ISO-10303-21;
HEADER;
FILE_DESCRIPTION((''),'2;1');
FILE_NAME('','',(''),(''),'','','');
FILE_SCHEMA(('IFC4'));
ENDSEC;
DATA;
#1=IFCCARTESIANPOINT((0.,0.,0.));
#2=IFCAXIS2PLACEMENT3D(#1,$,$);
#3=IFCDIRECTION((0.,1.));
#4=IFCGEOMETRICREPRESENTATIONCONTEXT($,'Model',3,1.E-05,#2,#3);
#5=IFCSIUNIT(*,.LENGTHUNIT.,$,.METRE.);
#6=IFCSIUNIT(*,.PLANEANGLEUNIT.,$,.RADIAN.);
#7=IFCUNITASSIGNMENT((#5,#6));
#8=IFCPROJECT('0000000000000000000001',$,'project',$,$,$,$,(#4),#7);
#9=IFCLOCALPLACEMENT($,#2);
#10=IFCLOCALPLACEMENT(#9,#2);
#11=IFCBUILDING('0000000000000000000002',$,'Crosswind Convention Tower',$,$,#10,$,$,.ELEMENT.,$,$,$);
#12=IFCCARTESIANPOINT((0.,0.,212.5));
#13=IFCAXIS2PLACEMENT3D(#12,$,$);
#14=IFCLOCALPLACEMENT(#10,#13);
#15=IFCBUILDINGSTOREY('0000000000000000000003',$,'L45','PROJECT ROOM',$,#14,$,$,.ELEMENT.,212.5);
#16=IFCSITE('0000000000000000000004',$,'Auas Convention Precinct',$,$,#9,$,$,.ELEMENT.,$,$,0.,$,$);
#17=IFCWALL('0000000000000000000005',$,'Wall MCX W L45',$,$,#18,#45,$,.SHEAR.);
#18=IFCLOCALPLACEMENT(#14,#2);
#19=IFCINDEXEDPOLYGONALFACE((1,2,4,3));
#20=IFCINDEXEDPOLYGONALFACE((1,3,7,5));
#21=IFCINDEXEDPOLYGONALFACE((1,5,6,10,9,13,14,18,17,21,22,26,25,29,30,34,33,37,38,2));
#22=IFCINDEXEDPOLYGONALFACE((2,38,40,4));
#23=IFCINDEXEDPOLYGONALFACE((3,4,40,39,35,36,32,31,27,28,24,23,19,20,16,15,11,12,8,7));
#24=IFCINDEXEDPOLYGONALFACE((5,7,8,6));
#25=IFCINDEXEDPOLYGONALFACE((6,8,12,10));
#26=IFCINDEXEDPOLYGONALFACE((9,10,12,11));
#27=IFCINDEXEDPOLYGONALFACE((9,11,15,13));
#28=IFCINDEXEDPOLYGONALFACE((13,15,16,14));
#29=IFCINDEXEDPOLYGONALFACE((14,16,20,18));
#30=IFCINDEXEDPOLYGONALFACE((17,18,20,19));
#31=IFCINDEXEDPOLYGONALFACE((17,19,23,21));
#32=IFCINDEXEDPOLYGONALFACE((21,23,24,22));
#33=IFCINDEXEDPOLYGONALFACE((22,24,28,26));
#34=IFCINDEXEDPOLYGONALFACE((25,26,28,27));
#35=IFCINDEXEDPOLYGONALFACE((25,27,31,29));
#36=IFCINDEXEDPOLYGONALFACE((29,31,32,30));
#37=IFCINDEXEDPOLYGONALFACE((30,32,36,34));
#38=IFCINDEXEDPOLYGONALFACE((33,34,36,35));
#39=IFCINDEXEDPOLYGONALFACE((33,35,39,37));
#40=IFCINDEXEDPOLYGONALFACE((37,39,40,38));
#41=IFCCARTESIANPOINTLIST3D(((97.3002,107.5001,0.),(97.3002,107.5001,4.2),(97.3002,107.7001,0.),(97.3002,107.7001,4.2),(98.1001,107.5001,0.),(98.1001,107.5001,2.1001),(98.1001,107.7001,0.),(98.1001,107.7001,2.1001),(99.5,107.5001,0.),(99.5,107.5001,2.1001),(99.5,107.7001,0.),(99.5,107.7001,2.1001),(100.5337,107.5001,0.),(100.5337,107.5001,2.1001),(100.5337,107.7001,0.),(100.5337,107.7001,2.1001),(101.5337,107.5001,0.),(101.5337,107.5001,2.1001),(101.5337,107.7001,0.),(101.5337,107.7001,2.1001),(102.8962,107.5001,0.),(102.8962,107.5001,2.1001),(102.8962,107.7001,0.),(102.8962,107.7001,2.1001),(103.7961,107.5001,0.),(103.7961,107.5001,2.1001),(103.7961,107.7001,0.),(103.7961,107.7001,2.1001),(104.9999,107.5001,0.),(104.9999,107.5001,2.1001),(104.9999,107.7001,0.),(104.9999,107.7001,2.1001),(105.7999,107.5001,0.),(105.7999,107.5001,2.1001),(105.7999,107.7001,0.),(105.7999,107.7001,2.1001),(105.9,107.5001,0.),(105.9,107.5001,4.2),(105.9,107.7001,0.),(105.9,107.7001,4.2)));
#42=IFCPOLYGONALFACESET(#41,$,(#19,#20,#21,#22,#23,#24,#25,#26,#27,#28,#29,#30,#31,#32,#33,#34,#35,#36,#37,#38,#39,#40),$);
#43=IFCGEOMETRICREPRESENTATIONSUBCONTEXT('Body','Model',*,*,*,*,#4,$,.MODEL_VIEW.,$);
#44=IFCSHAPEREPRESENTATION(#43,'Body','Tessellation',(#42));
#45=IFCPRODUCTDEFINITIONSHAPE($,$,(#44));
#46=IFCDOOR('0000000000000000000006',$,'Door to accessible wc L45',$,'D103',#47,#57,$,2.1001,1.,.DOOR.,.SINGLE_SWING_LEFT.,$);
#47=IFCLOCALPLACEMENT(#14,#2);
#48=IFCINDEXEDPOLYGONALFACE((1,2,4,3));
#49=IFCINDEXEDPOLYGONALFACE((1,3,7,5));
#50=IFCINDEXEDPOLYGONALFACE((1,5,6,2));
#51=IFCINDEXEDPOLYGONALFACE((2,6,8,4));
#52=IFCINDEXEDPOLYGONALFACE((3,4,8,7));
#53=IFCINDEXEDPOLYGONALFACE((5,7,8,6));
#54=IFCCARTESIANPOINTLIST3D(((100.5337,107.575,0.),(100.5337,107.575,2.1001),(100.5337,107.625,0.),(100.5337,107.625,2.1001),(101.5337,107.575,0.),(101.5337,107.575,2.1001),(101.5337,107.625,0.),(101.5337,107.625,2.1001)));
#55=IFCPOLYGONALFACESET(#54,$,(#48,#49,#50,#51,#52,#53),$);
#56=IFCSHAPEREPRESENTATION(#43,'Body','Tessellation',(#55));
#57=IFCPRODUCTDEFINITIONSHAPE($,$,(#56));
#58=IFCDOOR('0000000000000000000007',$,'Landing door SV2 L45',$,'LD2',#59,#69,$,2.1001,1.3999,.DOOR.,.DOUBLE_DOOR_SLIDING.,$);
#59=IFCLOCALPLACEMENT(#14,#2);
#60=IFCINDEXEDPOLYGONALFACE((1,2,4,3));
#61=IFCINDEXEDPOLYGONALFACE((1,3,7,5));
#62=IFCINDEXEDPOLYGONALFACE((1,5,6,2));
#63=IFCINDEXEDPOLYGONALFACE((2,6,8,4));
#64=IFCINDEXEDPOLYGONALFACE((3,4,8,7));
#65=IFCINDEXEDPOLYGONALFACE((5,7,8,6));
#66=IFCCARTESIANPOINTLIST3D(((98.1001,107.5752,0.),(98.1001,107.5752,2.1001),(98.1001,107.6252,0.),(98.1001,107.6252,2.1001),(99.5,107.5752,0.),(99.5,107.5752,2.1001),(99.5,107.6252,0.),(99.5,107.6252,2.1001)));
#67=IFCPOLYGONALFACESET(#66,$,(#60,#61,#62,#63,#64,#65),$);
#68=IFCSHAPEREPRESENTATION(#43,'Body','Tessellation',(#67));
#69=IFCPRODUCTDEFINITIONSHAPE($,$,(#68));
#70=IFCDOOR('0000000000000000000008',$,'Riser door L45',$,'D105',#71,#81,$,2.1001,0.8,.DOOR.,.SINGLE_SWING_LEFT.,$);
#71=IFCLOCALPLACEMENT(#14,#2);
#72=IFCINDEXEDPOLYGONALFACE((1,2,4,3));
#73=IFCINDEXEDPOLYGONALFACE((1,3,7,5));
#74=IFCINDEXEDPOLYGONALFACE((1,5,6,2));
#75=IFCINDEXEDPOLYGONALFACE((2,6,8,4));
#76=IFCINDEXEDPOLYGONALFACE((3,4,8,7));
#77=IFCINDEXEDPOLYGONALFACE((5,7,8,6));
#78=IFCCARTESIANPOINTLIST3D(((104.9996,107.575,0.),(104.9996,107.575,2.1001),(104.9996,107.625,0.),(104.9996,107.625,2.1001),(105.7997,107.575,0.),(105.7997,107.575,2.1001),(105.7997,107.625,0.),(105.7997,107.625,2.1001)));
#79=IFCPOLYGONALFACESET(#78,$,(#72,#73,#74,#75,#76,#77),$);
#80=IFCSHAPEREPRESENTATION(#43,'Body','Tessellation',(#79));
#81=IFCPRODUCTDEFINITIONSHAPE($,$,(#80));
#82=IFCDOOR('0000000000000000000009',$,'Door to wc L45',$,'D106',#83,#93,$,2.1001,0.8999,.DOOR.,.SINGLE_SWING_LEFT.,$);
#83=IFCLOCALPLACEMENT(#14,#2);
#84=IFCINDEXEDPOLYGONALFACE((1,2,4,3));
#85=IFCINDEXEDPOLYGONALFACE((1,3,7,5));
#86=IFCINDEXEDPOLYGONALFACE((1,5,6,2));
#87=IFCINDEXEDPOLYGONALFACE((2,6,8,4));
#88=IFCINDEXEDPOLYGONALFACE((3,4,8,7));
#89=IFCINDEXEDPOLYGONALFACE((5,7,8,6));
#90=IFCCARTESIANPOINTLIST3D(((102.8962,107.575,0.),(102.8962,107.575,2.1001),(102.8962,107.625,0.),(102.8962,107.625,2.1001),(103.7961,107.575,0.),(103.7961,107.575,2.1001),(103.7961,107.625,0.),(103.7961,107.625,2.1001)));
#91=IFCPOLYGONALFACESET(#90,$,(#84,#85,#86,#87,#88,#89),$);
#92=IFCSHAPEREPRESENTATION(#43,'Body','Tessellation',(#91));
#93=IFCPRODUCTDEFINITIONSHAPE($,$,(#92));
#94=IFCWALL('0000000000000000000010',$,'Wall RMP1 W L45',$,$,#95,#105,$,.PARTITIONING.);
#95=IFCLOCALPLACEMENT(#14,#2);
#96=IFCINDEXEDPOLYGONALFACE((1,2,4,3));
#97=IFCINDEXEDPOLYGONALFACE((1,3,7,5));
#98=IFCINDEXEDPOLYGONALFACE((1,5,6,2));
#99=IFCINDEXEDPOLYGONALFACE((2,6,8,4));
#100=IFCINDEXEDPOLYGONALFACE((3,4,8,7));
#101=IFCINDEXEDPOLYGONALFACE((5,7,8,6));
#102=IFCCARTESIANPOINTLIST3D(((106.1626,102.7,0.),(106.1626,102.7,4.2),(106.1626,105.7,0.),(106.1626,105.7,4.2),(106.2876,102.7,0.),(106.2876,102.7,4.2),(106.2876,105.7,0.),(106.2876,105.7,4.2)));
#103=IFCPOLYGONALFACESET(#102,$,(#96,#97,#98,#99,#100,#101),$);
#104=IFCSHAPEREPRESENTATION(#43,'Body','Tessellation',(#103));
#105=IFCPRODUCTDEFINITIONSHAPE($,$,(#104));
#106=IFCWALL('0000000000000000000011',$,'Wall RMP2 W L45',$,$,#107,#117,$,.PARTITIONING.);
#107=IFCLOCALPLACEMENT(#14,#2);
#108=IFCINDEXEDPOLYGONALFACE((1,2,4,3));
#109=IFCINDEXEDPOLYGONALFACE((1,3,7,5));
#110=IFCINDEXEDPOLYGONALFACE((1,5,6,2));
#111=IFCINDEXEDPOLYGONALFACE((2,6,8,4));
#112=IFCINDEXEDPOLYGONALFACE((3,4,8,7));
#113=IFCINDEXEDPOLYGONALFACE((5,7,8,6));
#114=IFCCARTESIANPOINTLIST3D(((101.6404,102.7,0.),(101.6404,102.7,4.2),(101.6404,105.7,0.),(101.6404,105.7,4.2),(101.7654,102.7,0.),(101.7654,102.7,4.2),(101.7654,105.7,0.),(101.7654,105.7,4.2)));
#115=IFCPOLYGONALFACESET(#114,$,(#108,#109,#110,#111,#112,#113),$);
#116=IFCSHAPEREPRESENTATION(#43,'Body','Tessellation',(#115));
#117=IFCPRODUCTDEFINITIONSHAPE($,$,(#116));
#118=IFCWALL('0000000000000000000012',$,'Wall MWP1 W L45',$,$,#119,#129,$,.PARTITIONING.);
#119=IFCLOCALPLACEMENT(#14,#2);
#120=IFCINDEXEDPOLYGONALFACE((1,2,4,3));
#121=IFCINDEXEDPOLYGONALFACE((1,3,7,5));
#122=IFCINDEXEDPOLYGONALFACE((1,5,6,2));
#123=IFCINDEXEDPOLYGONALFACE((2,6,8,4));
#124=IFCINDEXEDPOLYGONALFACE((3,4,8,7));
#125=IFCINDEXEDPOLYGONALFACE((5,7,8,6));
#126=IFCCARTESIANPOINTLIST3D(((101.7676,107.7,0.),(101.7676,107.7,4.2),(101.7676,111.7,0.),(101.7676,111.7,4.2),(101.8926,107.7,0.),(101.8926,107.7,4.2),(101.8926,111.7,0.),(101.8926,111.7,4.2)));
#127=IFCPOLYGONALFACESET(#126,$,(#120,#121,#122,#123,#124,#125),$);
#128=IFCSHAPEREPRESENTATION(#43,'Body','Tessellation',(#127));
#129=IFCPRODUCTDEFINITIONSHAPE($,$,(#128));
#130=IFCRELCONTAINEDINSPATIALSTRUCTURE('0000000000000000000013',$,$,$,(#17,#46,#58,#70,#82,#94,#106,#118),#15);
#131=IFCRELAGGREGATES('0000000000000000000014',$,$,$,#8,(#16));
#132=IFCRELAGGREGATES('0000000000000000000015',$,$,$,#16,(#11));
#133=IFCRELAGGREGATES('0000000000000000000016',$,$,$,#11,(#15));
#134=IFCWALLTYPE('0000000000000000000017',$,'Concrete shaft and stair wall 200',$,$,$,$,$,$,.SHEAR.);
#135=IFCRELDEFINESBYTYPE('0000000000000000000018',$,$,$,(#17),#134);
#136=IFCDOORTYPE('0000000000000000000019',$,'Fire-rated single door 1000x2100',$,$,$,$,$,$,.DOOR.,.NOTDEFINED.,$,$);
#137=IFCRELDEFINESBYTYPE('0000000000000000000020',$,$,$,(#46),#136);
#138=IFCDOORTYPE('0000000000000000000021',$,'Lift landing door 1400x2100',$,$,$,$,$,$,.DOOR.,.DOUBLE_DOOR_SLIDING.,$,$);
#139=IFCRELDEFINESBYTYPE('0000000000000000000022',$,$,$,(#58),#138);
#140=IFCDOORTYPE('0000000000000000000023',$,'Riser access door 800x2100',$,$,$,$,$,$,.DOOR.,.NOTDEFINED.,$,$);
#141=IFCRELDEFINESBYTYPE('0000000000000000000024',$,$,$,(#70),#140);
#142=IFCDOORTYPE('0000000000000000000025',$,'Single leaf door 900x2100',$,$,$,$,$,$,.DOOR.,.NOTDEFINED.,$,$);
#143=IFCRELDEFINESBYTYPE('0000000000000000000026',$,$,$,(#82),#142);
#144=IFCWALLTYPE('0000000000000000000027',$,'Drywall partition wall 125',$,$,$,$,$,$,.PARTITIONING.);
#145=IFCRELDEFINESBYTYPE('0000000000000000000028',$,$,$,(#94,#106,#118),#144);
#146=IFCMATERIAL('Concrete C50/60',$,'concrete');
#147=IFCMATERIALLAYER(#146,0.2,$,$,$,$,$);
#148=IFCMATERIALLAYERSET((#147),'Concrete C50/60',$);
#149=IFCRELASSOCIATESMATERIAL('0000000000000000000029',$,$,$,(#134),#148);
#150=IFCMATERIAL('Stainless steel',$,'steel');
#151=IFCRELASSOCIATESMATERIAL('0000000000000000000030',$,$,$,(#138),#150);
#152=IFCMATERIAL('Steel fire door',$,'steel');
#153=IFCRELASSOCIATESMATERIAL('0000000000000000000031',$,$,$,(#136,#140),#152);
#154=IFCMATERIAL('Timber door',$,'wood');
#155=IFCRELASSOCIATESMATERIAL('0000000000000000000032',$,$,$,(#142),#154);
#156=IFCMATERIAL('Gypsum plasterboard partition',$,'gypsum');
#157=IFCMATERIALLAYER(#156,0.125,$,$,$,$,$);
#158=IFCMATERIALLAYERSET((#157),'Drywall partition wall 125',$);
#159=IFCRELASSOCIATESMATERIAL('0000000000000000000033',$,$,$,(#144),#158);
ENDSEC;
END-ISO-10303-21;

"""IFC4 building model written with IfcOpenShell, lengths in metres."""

from ifc_helpers import new_model, si_unit, direction, frame, frame_2d, origin, place, context, subcontext, project, spatial, rectangle, extrude, material, layer, layer_set, type_object, element, fill, save


model = new_model("IFC4")

# Units and contexts
model_context = context("Model", 3, precision=1e-05, world=origin(), true_north=direction((0.0, 1.0)))
body_context = subcontext(model_context, "Body", "Model", "MODEL_VIEW")
ifc_project = project(units=[si_unit("LENGTHUNIT", "METRE"), si_unit("PLANEANGLEUNIT", "RADIAN")], contexts=[model_context])

# Site, building, storey
site_placement = place(None, origin())
site = spatial("IfcSite", under=ifc_project, at=site_placement, Name="Auas Convention Precinct", CompositionType="ELEMENT", RefElevation=0.0)
building_placement = place(site_placement, origin())
building = spatial("IfcBuilding", under=site, at=building_placement, Name="Crosswind Convention Tower", CompositionType="ELEMENT")
storey_placement = place(building_placement, frame((0.0, 0.0, 212.5)))
storey = spatial("IfcBuildingStorey", under=building, at=storey_placement, Name="L45", Description="PROJECT ROOM", CompositionType="ELEMENT", Elevation=212.5)

# Shared definitions
ifc_material_1 = material(Name="Concrete C50/60", Category="concrete")
ifc_layer_1 = layer(ifc_material_1, 0.2)
ifc_layer_set_1 = layer_set([ifc_layer_1], Name="Concrete C50/60")
wall_type_1 = type_object("IfcWallType", Name="Concrete shaft and stair wall 200", PredefinedType="SHEAR", material=ifc_layer_set_1)

# Shared definitions
ifc_material_2 = material(Name="Stainless steel", Category="steel")
door_type_1 = type_object("IfcDoorType", Name="Lift landing door 1400x2100", OperationType="DOUBLE_DOOR_SLIDING", PredefinedType="DOOR", material=ifc_material_2)

# Wall, openings, doors
wall_1_placement = place(storey_placement, frame((105.8999, 107.6001, 0.0), z_axis=(0.0, 0.0, 1.0), x_axis=(-1.0, 0.0, 0.0)))
wall_1 = element("IfcWall", 1, at=wall_1_placement, inside=storey, type_object=wall_type_1, Name="Wall MCX W L45", PredefinedType="SHEAR", context=body_context, shape_type="SweptSolid", body=[
    extrude(rectangle(XDim=8.5999, YDim=0.2, at=frame_2d((4.2998, 0.0))), origin(), (0.0, 0.0, 1.0), 4.2),
])
opening_1_placement = place(wall_1_placement, frame((0.1001, 0.0, 0.0)))
opening_1 = element("IfcOpeningElement", 2, at=opening_1_placement, cuts=wall_1, PredefinedType="OPENING", context=body_context, shape_type="SweptSolid", body=[
    extrude(rectangle(XDim=0.8, YDim=2.1001, at=frame_2d((0.3999, 1.05))), frame((0.0, 0.1099, 0.0), z_axis=(0.0, -1.0, 0.0), x_axis=(1.0, 0.0, 0.0)), (0.0, 0.0, 1.0), 0.22),
])
opening_2_placement = place(wall_1_placement, frame((2.1038, 0.0, 0.0)))
opening_2 = element("IfcOpeningElement", 3, at=opening_2_placement, cuts=wall_1, PredefinedType="OPENING", context=body_context, shape_type="SweptSolid", body=[
    extrude(rectangle(XDim=0.8999, YDim=2.1001, at=frame_2d((0.45, 1.05))), frame((0.0, 0.1099, 0.0), z_axis=(0.0, -1.0, 0.0), x_axis=(1.0, 0.0, 0.0)), (0.0, 0.0, 1.0), 0.22),
])
opening_3_placement = place(wall_1_placement, frame((4.3662, 0.0, 0.0)))
opening_3 = element("IfcOpeningElement", 4, at=opening_3_placement, cuts=wall_1, PredefinedType="OPENING", context=body_context, shape_type="SweptSolid", body=[
    extrude(rectangle(XDim=1.0, YDim=2.1001, at=frame_2d((0.5, 1.05))), frame((0.0, 0.1099, 0.0), z_axis=(0.0, -1.0, 0.0), x_axis=(1.0, 0.0, 0.0)), (0.0, 0.0, 1.0), 0.22),
])
opening_4_placement = place(wall_1_placement, frame((6.3999, 0.0, 0.0)))
opening_4 = element("IfcOpeningElement", 5, at=opening_4_placement, cuts=wall_1, PredefinedType="OPENING", context=body_context, shape_type="SweptSolid", body=[
    extrude(rectangle(XDim=1.3999, YDim=2.1001, at=frame_2d((0.7, 1.05))), frame((0.0, 0.1099, 0.0), z_axis=(0.0, -1.0, 0.0), x_axis=(1.0, 0.0, 0.0)), (0.0, 0.0, 1.0), 0.22),
])
ifc_material_3 = material(Name="Steel fire door", Category="steel")
door_type_2 = type_object("IfcDoorType", Name="Fire-rated single door 1000x2100", OperationType="NOTDEFINED", PredefinedType="DOOR", material=ifc_material_3)
door_1_placement = place(opening_3_placement, frame((1.0, 0.0, 0.0), z_axis=(0.0, 0.0, 1.0), x_axis=(-1.0, 0.0, 0.0)))
door_1 = element("IfcDoor", 6, at=door_1_placement, inside=storey, type_object=door_type_2, Name="Door to accessible wc L45", ObjectType="D103", OperationType="SINGLE_SWING_LEFT", OverallHeight=2.1001, OverallWidth=1.0, PredefinedType="DOOR", context=body_context, shape_type="SweptSolid", body=[
    extrude(rectangle(XDim=1.0, YDim=2.1001, at=frame_2d((0.5, 1.05))), frame((0.0, 0.0249, 0.0), z_axis=(0.0, -1.0, 0.0), x_axis=(1.0, 0.0, 0.0)), (0.0, 0.0, 1.0), 0.05),
])
fill(opening_3, door_1)
door_2_placement = place(opening_4_placement, origin())
door_2 = element("IfcDoor", 7, at=door_2_placement, inside=storey, type_object=door_type_1, Name="Landing door SV2 L45", ObjectType="LD2", OperationType="DOUBLE_DOOR_SLIDING", OverallHeight=2.1001, OverallWidth=1.3999, PredefinedType="DOOR", context=body_context, shape_type="SweptSolid", body=[
    extrude(rectangle(XDim=1.3999, YDim=2.1001, at=frame_2d((0.7, 1.05))), frame((0.0, 0.0249, 0.0), z_axis=(0.0, -1.0, 0.0), x_axis=(1.0, 0.0, 0.0)), (0.0, 0.0, 1.0), 0.05),
])
fill(opening_4, door_2)
door_type_3 = type_object("IfcDoorType", Name="Riser access door 800x2100", OperationType="NOTDEFINED", PredefinedType="DOOR", material=ifc_material_3)
door_3_placement = place(opening_1_placement, frame((0.8, 0.0, 0.0), z_axis=(0.0, 0.0, 1.0), x_axis=(-1.0, 0.0, 0.0)))
door_3 = element("IfcDoor", 8, at=door_3_placement, inside=storey, type_object=door_type_3, Name="Riser door L45", ObjectType="D105", OperationType="SINGLE_SWING_LEFT", OverallHeight=2.1001, OverallWidth=0.8, PredefinedType="DOOR", context=body_context, shape_type="SweptSolid", body=[
    extrude(rectangle(XDim=0.8, YDim=2.1001, at=frame_2d((0.3999, 1.05))), frame((0.0, 0.0249, 0.0), z_axis=(0.0, -1.0, 0.0), x_axis=(1.0, 0.0, 0.0)), (0.0, 0.0, 1.0), 0.05),
])
fill(opening_1, door_3)
ifc_material_4 = material(Name="Timber door", Category="wood")
door_type_4 = type_object("IfcDoorType", Name="Single leaf door 900x2100", OperationType="NOTDEFINED", PredefinedType="DOOR", material=ifc_material_4)
door_4_placement = place(opening_2_placement, frame((0.8999, 0.0, 0.0), z_axis=(0.0, 0.0, 1.0), x_axis=(-1.0, 0.0, 0.0)))
door_4 = element("IfcDoor", 9, at=door_4_placement, inside=storey, type_object=door_type_4, Name="Door to wc L45", ObjectType="D106", OperationType="SINGLE_SWING_LEFT", OverallHeight=2.1001, OverallWidth=0.8999, PredefinedType="DOOR", context=body_context, shape_type="SweptSolid", body=[
    extrude(rectangle(XDim=0.8999, YDim=2.1001, at=frame_2d((0.45, 1.05))), frame((0.0, 0.0249, 0.0), z_axis=(0.0, -1.0, 0.0), x_axis=(1.0, 0.0, 0.0)), (0.0, 0.0, 1.0), 0.05),
])
fill(opening_2, door_4)

# Walls
ifc_material_5 = material(Name="Gypsum plasterboard partition", Category="gypsum")
ifc_layer_2 = layer(ifc_material_5, 0.125)
ifc_layer_set_2 = layer_set([ifc_layer_2], Name="Drywall partition wall 125")
wall_type_2 = type_object("IfcWallType", Name="Drywall partition wall 125", PredefinedType="PARTITIONING", material=ifc_layer_set_2)
for number, where, z_axis, x_axis, name in (
    (10, (106.2251, 105.7, 0.0), (0.0, 0.0, 1.0), (0.0, -1.0, 0.0), "Wall RMP1 W L45"),
    (11, (101.7029, 105.7, 0.0), (0.0, 0.0, 1.0), (0.0, -1.0, 0.0), "Wall RMP2 W L45"),
):
    element("IfcWall", number, at=place(storey_placement, frame(where, z_axis=z_axis, x_axis=x_axis)), inside=storey, type_object=wall_type_2, Name=name, PredefinedType="PARTITIONING", context=body_context, shape_type="SweptSolid", body=[
        extrude(rectangle(XDim=3.0, YDim=0.125, at=frame_2d((1.5, 0.0))), origin(), (0.0, 0.0, 1.0), 4.2),
    ])
wall_2_placement = place(storey_placement, frame((101.8301, 111.7, 0.0), z_axis=(0.0, 0.0, 1.0), x_axis=(0.0, -1.0, 0.0)))
element("IfcWall", 12, at=wall_2_placement, inside=storey, type_object=wall_type_2, Name="Wall MWP1 W L45", PredefinedType="PARTITIONING", context=body_context, shape_type="SweptSolid", body=[
    extrude(rectangle(XDim=4.0, YDim=0.125, at=frame_2d((2.0, 0.0))), origin(), (0.0, 0.0, 1.0), 4.2),
])

save(model, "model.ifc")
